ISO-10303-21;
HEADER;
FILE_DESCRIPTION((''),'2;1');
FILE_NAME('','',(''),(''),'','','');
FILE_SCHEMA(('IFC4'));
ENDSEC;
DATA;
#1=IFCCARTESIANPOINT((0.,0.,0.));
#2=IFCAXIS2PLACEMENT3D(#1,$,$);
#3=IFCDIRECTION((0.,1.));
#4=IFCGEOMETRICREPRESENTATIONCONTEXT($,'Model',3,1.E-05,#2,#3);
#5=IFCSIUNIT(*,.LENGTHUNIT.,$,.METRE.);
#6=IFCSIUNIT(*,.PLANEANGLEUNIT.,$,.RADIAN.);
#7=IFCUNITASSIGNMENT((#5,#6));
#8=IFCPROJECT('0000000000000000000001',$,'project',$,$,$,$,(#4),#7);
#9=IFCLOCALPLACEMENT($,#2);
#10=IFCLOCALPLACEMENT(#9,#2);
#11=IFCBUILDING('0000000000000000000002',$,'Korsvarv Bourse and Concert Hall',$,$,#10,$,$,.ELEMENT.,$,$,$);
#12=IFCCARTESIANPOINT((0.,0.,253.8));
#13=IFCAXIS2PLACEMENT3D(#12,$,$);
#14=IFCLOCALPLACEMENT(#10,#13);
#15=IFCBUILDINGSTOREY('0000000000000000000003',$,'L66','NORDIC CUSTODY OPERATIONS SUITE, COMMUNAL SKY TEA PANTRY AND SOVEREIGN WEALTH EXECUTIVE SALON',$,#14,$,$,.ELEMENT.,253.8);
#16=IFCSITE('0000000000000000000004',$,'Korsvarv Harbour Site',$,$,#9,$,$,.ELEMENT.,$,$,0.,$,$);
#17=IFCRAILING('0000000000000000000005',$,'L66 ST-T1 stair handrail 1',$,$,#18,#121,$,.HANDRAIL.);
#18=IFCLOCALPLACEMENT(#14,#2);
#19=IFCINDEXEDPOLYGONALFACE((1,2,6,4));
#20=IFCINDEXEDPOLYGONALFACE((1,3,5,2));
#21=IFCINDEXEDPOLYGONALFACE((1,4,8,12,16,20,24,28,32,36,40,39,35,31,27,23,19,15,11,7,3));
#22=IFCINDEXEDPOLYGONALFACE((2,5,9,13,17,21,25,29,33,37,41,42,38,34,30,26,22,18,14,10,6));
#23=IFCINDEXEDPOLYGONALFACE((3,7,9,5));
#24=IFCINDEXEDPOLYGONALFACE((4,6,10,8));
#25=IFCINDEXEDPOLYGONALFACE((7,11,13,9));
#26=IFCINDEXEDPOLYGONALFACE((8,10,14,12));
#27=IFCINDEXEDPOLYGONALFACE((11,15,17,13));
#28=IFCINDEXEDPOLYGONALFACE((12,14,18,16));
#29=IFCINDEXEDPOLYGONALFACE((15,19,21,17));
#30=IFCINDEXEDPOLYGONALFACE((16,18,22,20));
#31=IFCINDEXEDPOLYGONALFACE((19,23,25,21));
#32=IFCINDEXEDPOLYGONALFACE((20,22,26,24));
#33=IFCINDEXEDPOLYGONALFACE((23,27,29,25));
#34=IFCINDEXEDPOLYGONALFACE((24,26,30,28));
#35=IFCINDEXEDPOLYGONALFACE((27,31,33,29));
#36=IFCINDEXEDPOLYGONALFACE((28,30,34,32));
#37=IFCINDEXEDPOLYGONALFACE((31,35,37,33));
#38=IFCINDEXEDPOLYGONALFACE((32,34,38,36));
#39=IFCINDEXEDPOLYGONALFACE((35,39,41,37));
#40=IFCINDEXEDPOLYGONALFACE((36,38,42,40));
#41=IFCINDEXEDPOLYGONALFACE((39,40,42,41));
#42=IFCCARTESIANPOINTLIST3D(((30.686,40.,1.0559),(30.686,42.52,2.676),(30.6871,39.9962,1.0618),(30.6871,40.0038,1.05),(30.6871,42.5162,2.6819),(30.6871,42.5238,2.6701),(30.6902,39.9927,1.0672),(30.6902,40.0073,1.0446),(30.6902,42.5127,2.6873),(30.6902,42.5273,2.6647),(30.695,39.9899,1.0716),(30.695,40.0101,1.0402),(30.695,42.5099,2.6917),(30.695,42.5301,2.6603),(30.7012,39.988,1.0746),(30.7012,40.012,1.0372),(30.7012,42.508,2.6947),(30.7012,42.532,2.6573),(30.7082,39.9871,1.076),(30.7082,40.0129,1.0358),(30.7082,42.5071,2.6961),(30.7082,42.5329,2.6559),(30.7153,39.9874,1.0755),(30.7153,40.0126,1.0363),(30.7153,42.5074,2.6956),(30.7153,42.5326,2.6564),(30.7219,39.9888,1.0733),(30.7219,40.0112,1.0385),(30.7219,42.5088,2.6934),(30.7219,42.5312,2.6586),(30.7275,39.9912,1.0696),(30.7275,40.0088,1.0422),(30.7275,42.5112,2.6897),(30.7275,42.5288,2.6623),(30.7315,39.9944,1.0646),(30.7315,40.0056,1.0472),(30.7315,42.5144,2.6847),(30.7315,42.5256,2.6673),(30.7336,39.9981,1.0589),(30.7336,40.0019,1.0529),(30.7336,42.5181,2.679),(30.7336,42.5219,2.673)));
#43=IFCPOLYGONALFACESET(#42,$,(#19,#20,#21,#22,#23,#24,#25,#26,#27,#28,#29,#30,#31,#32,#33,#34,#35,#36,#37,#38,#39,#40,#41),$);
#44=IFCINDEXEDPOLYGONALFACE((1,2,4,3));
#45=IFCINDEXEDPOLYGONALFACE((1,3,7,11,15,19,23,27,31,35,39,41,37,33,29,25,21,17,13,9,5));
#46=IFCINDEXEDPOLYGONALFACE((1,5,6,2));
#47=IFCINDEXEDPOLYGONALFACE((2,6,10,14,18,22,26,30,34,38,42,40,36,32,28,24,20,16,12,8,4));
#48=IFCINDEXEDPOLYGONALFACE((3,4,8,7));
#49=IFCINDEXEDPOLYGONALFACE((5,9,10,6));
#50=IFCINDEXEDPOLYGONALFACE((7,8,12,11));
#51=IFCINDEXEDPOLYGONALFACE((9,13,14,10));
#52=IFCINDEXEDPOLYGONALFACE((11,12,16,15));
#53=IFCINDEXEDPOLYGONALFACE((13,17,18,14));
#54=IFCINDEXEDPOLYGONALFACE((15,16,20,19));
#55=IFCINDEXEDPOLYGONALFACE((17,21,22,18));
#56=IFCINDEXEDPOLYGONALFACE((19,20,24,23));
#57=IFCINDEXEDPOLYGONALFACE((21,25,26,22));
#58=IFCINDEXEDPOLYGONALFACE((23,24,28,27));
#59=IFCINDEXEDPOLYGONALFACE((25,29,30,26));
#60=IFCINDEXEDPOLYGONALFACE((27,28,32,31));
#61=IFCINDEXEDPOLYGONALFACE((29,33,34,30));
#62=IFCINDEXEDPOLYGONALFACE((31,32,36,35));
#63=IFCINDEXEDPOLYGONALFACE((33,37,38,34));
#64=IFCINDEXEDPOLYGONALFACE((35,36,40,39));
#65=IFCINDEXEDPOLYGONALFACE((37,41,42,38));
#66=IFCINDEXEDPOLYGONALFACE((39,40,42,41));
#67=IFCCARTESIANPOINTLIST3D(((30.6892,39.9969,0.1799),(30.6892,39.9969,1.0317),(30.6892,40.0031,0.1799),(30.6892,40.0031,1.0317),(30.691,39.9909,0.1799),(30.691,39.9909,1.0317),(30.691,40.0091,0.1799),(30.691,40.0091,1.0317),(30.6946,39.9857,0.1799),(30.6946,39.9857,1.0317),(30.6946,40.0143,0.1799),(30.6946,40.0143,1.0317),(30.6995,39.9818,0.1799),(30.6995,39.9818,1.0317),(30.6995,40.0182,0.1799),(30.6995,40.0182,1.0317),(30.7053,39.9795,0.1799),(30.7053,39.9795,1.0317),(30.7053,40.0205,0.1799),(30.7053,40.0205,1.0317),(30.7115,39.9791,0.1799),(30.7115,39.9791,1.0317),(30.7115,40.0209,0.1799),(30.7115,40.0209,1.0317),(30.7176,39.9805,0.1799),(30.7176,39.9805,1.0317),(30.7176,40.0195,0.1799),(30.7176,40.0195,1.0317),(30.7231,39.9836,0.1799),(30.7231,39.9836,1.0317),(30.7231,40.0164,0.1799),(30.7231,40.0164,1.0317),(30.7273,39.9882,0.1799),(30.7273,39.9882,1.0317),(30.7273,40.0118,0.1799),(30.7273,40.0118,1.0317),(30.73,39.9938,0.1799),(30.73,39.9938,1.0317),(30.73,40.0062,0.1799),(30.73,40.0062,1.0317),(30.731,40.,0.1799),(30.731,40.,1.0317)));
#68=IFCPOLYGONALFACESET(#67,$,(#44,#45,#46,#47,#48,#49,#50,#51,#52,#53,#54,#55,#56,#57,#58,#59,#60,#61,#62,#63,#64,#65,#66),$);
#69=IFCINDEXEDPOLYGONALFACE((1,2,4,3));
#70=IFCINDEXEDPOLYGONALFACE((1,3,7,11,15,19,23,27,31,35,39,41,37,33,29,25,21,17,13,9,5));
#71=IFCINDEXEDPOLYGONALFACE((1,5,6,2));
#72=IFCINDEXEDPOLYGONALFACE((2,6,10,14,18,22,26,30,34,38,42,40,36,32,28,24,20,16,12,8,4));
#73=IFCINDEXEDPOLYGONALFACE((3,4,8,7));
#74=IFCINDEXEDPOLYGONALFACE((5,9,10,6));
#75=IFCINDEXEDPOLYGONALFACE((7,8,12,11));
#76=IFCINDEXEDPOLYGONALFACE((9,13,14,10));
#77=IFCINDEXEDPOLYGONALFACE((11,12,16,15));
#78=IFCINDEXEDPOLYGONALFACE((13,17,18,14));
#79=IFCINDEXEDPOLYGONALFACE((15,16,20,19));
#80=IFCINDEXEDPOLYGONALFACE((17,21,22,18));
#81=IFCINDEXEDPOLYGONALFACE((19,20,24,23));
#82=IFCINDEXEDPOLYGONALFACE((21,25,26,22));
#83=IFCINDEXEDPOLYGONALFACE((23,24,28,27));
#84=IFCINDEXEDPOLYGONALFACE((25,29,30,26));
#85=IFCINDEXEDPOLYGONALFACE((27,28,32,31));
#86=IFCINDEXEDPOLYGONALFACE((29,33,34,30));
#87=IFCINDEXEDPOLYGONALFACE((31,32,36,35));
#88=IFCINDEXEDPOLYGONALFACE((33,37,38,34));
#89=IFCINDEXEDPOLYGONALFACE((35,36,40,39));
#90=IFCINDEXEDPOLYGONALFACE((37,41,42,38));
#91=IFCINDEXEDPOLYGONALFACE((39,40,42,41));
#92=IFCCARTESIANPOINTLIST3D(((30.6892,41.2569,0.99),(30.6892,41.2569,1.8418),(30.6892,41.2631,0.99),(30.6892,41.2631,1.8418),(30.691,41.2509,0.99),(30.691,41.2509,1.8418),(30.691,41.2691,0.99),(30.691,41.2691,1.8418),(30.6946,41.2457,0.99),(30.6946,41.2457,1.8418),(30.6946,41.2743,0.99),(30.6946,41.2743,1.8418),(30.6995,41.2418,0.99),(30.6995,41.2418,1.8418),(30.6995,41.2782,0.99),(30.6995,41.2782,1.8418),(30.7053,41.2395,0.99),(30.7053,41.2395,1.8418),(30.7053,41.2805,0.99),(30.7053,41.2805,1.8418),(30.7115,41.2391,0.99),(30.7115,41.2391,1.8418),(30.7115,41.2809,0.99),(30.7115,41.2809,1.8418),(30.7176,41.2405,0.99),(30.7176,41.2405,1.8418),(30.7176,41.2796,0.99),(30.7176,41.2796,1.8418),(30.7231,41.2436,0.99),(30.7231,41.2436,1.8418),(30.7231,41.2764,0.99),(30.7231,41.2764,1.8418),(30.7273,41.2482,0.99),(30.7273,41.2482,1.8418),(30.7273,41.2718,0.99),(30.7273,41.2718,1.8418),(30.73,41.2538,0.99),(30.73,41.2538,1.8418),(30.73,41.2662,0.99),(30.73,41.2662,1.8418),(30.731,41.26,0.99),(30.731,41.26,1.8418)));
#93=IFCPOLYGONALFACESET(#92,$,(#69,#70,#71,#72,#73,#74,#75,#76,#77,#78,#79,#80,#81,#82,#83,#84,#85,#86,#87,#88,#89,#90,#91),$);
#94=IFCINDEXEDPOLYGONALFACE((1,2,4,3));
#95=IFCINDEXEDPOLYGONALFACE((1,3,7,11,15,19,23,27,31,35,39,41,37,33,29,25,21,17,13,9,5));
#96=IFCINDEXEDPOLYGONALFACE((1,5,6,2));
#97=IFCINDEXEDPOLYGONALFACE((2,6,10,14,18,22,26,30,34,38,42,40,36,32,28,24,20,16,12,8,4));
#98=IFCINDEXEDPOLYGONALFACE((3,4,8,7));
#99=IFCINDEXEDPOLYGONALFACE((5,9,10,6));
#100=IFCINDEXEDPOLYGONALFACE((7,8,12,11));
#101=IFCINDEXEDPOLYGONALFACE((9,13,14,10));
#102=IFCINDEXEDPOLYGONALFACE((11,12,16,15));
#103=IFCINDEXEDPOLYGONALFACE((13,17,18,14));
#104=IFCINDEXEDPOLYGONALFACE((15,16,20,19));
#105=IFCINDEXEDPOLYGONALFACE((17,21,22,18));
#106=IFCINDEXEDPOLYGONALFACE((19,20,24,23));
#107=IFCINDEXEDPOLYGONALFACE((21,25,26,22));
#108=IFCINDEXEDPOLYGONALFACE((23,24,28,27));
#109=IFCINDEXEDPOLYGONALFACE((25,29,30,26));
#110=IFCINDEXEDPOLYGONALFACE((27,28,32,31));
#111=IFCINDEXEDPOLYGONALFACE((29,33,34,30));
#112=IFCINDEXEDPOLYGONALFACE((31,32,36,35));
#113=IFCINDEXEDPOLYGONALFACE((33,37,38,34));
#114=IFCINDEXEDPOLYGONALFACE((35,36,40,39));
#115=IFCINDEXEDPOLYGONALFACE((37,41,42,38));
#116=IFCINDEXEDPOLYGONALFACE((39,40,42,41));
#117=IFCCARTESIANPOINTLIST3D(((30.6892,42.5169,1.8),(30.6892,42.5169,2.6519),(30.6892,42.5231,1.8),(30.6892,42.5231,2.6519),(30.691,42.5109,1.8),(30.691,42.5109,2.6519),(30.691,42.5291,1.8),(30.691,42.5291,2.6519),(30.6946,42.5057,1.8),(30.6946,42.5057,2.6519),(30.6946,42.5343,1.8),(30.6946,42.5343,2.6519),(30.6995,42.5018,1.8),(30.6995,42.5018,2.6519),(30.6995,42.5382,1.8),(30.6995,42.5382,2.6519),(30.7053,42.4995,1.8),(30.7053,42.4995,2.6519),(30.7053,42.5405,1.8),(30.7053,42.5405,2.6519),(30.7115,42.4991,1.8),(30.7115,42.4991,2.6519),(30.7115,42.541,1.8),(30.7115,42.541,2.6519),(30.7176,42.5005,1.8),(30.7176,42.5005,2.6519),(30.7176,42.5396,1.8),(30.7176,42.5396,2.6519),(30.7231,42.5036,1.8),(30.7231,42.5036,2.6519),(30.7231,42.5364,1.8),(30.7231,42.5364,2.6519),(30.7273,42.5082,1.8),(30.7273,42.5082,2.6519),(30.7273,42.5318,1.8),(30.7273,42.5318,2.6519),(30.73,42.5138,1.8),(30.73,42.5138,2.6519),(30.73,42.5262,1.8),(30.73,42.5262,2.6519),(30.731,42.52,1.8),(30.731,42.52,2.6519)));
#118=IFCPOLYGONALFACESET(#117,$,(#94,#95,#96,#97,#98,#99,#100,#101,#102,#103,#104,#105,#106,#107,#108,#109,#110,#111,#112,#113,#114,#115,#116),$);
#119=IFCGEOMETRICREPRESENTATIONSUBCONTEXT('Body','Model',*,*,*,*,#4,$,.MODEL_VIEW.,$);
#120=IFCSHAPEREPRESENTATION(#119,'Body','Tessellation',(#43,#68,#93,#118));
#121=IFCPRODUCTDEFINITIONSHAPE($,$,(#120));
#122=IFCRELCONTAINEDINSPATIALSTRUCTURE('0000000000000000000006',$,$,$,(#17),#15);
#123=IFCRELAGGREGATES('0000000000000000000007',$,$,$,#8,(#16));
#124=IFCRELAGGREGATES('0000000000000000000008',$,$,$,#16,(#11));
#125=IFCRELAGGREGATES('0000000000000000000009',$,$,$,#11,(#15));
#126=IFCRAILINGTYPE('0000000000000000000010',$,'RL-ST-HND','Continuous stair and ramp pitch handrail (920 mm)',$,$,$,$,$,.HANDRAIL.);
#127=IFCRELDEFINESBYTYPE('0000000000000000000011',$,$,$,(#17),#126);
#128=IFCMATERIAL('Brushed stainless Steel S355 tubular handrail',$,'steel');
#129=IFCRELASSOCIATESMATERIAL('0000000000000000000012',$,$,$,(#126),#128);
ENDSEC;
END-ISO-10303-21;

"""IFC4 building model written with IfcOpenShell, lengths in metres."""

from ifc_helpers import new_model, si_unit, direction, frame, origin, origin_2d, place, context, subcontext, project, spatial, circle, extrude, material, type_object, element, save


model = new_model("IFC4")

# Units and contexts
model_context = context("Model", 3, precision=1e-05, world=origin(), true_north=direction((0.0, 1.0)))
body_context = subcontext(model_context, "Body", "Model", "MODEL_VIEW")
ifc_project = project(units=[si_unit("LENGTHUNIT", "METRE"), si_unit("PLANEANGLEUNIT", "RADIAN")], contexts=[model_context])

# Site, building, storey
site_placement = place(None, origin())
site = spatial("IfcSite", under=ifc_project, at=site_placement, Name="Korsvarv Harbour Site", CompositionType="ELEMENT", RefElevation=0.0)
building_placement = place(site_placement, origin())
building = spatial("IfcBuilding", under=site, at=building_placement, Name="Korsvarv Bourse and Concert Hall", CompositionType="ELEMENT")
storey_placement = place(building_placement, frame((0.0, 0.0, 253.8)))
storey = spatial("IfcBuildingStorey", under=building, at=storey_placement, Name="L66", Description="NORDIC CUSTODY OPERATIONS SUITE, COMMUNAL SKY TEA PANTRY AND SOVEREIGN WEALTH EXECUTIVE SALON", CompositionType="ELEMENT", Elevation=253.8)

# Railing
ifc_material_1 = material(Name="Brushed stainless Steel S355 tubular handrail", Category="steel")
railing_type_1 = type_object("IfcRailingType", Name="RL-ST-HND", Description="Continuous stair and ramp pitch handrail (920 mm)", PredefinedType="HANDRAIL", material=ifc_material_1)
railing_1_placement = place(storey_placement, frame((30.71, 40.0, 0.1799)))
element("IfcRailing", 1, at=railing_1_placement, inside=storey, type_object=railing_type_1, Name="L66 ST-T1 stair handrail 1", PredefinedType="HANDRAIL", context=body_context, shape_type="SweptSolid", body=[
    extrude(circle(Radius=0.0239, at=origin_2d()), frame((0.0, 0.0, 0.876), z_axis=(0.0, 0.841163, 0.540782), x_axis=(-1.0, 0.0, 0.0)), (0.0, 0.0, 1.0), 2.9958),
    extrude(circle(Radius=0.021, at=origin_2d()), origin(), (0.0, 0.0, 1.0), 0.8518),
    extrude(circle(Radius=0.021, at=origin_2d()), frame((0.0, 1.26, 0.8101)), (0.0, 0.0, 1.0), 0.8518),
    extrude(circle(Radius=0.021, at=origin_2d()), frame((0.0, 2.52, 1.6201)), (0.0, 0.0, 1.0), 0.8518),
])

save(model, "model.ifc")
